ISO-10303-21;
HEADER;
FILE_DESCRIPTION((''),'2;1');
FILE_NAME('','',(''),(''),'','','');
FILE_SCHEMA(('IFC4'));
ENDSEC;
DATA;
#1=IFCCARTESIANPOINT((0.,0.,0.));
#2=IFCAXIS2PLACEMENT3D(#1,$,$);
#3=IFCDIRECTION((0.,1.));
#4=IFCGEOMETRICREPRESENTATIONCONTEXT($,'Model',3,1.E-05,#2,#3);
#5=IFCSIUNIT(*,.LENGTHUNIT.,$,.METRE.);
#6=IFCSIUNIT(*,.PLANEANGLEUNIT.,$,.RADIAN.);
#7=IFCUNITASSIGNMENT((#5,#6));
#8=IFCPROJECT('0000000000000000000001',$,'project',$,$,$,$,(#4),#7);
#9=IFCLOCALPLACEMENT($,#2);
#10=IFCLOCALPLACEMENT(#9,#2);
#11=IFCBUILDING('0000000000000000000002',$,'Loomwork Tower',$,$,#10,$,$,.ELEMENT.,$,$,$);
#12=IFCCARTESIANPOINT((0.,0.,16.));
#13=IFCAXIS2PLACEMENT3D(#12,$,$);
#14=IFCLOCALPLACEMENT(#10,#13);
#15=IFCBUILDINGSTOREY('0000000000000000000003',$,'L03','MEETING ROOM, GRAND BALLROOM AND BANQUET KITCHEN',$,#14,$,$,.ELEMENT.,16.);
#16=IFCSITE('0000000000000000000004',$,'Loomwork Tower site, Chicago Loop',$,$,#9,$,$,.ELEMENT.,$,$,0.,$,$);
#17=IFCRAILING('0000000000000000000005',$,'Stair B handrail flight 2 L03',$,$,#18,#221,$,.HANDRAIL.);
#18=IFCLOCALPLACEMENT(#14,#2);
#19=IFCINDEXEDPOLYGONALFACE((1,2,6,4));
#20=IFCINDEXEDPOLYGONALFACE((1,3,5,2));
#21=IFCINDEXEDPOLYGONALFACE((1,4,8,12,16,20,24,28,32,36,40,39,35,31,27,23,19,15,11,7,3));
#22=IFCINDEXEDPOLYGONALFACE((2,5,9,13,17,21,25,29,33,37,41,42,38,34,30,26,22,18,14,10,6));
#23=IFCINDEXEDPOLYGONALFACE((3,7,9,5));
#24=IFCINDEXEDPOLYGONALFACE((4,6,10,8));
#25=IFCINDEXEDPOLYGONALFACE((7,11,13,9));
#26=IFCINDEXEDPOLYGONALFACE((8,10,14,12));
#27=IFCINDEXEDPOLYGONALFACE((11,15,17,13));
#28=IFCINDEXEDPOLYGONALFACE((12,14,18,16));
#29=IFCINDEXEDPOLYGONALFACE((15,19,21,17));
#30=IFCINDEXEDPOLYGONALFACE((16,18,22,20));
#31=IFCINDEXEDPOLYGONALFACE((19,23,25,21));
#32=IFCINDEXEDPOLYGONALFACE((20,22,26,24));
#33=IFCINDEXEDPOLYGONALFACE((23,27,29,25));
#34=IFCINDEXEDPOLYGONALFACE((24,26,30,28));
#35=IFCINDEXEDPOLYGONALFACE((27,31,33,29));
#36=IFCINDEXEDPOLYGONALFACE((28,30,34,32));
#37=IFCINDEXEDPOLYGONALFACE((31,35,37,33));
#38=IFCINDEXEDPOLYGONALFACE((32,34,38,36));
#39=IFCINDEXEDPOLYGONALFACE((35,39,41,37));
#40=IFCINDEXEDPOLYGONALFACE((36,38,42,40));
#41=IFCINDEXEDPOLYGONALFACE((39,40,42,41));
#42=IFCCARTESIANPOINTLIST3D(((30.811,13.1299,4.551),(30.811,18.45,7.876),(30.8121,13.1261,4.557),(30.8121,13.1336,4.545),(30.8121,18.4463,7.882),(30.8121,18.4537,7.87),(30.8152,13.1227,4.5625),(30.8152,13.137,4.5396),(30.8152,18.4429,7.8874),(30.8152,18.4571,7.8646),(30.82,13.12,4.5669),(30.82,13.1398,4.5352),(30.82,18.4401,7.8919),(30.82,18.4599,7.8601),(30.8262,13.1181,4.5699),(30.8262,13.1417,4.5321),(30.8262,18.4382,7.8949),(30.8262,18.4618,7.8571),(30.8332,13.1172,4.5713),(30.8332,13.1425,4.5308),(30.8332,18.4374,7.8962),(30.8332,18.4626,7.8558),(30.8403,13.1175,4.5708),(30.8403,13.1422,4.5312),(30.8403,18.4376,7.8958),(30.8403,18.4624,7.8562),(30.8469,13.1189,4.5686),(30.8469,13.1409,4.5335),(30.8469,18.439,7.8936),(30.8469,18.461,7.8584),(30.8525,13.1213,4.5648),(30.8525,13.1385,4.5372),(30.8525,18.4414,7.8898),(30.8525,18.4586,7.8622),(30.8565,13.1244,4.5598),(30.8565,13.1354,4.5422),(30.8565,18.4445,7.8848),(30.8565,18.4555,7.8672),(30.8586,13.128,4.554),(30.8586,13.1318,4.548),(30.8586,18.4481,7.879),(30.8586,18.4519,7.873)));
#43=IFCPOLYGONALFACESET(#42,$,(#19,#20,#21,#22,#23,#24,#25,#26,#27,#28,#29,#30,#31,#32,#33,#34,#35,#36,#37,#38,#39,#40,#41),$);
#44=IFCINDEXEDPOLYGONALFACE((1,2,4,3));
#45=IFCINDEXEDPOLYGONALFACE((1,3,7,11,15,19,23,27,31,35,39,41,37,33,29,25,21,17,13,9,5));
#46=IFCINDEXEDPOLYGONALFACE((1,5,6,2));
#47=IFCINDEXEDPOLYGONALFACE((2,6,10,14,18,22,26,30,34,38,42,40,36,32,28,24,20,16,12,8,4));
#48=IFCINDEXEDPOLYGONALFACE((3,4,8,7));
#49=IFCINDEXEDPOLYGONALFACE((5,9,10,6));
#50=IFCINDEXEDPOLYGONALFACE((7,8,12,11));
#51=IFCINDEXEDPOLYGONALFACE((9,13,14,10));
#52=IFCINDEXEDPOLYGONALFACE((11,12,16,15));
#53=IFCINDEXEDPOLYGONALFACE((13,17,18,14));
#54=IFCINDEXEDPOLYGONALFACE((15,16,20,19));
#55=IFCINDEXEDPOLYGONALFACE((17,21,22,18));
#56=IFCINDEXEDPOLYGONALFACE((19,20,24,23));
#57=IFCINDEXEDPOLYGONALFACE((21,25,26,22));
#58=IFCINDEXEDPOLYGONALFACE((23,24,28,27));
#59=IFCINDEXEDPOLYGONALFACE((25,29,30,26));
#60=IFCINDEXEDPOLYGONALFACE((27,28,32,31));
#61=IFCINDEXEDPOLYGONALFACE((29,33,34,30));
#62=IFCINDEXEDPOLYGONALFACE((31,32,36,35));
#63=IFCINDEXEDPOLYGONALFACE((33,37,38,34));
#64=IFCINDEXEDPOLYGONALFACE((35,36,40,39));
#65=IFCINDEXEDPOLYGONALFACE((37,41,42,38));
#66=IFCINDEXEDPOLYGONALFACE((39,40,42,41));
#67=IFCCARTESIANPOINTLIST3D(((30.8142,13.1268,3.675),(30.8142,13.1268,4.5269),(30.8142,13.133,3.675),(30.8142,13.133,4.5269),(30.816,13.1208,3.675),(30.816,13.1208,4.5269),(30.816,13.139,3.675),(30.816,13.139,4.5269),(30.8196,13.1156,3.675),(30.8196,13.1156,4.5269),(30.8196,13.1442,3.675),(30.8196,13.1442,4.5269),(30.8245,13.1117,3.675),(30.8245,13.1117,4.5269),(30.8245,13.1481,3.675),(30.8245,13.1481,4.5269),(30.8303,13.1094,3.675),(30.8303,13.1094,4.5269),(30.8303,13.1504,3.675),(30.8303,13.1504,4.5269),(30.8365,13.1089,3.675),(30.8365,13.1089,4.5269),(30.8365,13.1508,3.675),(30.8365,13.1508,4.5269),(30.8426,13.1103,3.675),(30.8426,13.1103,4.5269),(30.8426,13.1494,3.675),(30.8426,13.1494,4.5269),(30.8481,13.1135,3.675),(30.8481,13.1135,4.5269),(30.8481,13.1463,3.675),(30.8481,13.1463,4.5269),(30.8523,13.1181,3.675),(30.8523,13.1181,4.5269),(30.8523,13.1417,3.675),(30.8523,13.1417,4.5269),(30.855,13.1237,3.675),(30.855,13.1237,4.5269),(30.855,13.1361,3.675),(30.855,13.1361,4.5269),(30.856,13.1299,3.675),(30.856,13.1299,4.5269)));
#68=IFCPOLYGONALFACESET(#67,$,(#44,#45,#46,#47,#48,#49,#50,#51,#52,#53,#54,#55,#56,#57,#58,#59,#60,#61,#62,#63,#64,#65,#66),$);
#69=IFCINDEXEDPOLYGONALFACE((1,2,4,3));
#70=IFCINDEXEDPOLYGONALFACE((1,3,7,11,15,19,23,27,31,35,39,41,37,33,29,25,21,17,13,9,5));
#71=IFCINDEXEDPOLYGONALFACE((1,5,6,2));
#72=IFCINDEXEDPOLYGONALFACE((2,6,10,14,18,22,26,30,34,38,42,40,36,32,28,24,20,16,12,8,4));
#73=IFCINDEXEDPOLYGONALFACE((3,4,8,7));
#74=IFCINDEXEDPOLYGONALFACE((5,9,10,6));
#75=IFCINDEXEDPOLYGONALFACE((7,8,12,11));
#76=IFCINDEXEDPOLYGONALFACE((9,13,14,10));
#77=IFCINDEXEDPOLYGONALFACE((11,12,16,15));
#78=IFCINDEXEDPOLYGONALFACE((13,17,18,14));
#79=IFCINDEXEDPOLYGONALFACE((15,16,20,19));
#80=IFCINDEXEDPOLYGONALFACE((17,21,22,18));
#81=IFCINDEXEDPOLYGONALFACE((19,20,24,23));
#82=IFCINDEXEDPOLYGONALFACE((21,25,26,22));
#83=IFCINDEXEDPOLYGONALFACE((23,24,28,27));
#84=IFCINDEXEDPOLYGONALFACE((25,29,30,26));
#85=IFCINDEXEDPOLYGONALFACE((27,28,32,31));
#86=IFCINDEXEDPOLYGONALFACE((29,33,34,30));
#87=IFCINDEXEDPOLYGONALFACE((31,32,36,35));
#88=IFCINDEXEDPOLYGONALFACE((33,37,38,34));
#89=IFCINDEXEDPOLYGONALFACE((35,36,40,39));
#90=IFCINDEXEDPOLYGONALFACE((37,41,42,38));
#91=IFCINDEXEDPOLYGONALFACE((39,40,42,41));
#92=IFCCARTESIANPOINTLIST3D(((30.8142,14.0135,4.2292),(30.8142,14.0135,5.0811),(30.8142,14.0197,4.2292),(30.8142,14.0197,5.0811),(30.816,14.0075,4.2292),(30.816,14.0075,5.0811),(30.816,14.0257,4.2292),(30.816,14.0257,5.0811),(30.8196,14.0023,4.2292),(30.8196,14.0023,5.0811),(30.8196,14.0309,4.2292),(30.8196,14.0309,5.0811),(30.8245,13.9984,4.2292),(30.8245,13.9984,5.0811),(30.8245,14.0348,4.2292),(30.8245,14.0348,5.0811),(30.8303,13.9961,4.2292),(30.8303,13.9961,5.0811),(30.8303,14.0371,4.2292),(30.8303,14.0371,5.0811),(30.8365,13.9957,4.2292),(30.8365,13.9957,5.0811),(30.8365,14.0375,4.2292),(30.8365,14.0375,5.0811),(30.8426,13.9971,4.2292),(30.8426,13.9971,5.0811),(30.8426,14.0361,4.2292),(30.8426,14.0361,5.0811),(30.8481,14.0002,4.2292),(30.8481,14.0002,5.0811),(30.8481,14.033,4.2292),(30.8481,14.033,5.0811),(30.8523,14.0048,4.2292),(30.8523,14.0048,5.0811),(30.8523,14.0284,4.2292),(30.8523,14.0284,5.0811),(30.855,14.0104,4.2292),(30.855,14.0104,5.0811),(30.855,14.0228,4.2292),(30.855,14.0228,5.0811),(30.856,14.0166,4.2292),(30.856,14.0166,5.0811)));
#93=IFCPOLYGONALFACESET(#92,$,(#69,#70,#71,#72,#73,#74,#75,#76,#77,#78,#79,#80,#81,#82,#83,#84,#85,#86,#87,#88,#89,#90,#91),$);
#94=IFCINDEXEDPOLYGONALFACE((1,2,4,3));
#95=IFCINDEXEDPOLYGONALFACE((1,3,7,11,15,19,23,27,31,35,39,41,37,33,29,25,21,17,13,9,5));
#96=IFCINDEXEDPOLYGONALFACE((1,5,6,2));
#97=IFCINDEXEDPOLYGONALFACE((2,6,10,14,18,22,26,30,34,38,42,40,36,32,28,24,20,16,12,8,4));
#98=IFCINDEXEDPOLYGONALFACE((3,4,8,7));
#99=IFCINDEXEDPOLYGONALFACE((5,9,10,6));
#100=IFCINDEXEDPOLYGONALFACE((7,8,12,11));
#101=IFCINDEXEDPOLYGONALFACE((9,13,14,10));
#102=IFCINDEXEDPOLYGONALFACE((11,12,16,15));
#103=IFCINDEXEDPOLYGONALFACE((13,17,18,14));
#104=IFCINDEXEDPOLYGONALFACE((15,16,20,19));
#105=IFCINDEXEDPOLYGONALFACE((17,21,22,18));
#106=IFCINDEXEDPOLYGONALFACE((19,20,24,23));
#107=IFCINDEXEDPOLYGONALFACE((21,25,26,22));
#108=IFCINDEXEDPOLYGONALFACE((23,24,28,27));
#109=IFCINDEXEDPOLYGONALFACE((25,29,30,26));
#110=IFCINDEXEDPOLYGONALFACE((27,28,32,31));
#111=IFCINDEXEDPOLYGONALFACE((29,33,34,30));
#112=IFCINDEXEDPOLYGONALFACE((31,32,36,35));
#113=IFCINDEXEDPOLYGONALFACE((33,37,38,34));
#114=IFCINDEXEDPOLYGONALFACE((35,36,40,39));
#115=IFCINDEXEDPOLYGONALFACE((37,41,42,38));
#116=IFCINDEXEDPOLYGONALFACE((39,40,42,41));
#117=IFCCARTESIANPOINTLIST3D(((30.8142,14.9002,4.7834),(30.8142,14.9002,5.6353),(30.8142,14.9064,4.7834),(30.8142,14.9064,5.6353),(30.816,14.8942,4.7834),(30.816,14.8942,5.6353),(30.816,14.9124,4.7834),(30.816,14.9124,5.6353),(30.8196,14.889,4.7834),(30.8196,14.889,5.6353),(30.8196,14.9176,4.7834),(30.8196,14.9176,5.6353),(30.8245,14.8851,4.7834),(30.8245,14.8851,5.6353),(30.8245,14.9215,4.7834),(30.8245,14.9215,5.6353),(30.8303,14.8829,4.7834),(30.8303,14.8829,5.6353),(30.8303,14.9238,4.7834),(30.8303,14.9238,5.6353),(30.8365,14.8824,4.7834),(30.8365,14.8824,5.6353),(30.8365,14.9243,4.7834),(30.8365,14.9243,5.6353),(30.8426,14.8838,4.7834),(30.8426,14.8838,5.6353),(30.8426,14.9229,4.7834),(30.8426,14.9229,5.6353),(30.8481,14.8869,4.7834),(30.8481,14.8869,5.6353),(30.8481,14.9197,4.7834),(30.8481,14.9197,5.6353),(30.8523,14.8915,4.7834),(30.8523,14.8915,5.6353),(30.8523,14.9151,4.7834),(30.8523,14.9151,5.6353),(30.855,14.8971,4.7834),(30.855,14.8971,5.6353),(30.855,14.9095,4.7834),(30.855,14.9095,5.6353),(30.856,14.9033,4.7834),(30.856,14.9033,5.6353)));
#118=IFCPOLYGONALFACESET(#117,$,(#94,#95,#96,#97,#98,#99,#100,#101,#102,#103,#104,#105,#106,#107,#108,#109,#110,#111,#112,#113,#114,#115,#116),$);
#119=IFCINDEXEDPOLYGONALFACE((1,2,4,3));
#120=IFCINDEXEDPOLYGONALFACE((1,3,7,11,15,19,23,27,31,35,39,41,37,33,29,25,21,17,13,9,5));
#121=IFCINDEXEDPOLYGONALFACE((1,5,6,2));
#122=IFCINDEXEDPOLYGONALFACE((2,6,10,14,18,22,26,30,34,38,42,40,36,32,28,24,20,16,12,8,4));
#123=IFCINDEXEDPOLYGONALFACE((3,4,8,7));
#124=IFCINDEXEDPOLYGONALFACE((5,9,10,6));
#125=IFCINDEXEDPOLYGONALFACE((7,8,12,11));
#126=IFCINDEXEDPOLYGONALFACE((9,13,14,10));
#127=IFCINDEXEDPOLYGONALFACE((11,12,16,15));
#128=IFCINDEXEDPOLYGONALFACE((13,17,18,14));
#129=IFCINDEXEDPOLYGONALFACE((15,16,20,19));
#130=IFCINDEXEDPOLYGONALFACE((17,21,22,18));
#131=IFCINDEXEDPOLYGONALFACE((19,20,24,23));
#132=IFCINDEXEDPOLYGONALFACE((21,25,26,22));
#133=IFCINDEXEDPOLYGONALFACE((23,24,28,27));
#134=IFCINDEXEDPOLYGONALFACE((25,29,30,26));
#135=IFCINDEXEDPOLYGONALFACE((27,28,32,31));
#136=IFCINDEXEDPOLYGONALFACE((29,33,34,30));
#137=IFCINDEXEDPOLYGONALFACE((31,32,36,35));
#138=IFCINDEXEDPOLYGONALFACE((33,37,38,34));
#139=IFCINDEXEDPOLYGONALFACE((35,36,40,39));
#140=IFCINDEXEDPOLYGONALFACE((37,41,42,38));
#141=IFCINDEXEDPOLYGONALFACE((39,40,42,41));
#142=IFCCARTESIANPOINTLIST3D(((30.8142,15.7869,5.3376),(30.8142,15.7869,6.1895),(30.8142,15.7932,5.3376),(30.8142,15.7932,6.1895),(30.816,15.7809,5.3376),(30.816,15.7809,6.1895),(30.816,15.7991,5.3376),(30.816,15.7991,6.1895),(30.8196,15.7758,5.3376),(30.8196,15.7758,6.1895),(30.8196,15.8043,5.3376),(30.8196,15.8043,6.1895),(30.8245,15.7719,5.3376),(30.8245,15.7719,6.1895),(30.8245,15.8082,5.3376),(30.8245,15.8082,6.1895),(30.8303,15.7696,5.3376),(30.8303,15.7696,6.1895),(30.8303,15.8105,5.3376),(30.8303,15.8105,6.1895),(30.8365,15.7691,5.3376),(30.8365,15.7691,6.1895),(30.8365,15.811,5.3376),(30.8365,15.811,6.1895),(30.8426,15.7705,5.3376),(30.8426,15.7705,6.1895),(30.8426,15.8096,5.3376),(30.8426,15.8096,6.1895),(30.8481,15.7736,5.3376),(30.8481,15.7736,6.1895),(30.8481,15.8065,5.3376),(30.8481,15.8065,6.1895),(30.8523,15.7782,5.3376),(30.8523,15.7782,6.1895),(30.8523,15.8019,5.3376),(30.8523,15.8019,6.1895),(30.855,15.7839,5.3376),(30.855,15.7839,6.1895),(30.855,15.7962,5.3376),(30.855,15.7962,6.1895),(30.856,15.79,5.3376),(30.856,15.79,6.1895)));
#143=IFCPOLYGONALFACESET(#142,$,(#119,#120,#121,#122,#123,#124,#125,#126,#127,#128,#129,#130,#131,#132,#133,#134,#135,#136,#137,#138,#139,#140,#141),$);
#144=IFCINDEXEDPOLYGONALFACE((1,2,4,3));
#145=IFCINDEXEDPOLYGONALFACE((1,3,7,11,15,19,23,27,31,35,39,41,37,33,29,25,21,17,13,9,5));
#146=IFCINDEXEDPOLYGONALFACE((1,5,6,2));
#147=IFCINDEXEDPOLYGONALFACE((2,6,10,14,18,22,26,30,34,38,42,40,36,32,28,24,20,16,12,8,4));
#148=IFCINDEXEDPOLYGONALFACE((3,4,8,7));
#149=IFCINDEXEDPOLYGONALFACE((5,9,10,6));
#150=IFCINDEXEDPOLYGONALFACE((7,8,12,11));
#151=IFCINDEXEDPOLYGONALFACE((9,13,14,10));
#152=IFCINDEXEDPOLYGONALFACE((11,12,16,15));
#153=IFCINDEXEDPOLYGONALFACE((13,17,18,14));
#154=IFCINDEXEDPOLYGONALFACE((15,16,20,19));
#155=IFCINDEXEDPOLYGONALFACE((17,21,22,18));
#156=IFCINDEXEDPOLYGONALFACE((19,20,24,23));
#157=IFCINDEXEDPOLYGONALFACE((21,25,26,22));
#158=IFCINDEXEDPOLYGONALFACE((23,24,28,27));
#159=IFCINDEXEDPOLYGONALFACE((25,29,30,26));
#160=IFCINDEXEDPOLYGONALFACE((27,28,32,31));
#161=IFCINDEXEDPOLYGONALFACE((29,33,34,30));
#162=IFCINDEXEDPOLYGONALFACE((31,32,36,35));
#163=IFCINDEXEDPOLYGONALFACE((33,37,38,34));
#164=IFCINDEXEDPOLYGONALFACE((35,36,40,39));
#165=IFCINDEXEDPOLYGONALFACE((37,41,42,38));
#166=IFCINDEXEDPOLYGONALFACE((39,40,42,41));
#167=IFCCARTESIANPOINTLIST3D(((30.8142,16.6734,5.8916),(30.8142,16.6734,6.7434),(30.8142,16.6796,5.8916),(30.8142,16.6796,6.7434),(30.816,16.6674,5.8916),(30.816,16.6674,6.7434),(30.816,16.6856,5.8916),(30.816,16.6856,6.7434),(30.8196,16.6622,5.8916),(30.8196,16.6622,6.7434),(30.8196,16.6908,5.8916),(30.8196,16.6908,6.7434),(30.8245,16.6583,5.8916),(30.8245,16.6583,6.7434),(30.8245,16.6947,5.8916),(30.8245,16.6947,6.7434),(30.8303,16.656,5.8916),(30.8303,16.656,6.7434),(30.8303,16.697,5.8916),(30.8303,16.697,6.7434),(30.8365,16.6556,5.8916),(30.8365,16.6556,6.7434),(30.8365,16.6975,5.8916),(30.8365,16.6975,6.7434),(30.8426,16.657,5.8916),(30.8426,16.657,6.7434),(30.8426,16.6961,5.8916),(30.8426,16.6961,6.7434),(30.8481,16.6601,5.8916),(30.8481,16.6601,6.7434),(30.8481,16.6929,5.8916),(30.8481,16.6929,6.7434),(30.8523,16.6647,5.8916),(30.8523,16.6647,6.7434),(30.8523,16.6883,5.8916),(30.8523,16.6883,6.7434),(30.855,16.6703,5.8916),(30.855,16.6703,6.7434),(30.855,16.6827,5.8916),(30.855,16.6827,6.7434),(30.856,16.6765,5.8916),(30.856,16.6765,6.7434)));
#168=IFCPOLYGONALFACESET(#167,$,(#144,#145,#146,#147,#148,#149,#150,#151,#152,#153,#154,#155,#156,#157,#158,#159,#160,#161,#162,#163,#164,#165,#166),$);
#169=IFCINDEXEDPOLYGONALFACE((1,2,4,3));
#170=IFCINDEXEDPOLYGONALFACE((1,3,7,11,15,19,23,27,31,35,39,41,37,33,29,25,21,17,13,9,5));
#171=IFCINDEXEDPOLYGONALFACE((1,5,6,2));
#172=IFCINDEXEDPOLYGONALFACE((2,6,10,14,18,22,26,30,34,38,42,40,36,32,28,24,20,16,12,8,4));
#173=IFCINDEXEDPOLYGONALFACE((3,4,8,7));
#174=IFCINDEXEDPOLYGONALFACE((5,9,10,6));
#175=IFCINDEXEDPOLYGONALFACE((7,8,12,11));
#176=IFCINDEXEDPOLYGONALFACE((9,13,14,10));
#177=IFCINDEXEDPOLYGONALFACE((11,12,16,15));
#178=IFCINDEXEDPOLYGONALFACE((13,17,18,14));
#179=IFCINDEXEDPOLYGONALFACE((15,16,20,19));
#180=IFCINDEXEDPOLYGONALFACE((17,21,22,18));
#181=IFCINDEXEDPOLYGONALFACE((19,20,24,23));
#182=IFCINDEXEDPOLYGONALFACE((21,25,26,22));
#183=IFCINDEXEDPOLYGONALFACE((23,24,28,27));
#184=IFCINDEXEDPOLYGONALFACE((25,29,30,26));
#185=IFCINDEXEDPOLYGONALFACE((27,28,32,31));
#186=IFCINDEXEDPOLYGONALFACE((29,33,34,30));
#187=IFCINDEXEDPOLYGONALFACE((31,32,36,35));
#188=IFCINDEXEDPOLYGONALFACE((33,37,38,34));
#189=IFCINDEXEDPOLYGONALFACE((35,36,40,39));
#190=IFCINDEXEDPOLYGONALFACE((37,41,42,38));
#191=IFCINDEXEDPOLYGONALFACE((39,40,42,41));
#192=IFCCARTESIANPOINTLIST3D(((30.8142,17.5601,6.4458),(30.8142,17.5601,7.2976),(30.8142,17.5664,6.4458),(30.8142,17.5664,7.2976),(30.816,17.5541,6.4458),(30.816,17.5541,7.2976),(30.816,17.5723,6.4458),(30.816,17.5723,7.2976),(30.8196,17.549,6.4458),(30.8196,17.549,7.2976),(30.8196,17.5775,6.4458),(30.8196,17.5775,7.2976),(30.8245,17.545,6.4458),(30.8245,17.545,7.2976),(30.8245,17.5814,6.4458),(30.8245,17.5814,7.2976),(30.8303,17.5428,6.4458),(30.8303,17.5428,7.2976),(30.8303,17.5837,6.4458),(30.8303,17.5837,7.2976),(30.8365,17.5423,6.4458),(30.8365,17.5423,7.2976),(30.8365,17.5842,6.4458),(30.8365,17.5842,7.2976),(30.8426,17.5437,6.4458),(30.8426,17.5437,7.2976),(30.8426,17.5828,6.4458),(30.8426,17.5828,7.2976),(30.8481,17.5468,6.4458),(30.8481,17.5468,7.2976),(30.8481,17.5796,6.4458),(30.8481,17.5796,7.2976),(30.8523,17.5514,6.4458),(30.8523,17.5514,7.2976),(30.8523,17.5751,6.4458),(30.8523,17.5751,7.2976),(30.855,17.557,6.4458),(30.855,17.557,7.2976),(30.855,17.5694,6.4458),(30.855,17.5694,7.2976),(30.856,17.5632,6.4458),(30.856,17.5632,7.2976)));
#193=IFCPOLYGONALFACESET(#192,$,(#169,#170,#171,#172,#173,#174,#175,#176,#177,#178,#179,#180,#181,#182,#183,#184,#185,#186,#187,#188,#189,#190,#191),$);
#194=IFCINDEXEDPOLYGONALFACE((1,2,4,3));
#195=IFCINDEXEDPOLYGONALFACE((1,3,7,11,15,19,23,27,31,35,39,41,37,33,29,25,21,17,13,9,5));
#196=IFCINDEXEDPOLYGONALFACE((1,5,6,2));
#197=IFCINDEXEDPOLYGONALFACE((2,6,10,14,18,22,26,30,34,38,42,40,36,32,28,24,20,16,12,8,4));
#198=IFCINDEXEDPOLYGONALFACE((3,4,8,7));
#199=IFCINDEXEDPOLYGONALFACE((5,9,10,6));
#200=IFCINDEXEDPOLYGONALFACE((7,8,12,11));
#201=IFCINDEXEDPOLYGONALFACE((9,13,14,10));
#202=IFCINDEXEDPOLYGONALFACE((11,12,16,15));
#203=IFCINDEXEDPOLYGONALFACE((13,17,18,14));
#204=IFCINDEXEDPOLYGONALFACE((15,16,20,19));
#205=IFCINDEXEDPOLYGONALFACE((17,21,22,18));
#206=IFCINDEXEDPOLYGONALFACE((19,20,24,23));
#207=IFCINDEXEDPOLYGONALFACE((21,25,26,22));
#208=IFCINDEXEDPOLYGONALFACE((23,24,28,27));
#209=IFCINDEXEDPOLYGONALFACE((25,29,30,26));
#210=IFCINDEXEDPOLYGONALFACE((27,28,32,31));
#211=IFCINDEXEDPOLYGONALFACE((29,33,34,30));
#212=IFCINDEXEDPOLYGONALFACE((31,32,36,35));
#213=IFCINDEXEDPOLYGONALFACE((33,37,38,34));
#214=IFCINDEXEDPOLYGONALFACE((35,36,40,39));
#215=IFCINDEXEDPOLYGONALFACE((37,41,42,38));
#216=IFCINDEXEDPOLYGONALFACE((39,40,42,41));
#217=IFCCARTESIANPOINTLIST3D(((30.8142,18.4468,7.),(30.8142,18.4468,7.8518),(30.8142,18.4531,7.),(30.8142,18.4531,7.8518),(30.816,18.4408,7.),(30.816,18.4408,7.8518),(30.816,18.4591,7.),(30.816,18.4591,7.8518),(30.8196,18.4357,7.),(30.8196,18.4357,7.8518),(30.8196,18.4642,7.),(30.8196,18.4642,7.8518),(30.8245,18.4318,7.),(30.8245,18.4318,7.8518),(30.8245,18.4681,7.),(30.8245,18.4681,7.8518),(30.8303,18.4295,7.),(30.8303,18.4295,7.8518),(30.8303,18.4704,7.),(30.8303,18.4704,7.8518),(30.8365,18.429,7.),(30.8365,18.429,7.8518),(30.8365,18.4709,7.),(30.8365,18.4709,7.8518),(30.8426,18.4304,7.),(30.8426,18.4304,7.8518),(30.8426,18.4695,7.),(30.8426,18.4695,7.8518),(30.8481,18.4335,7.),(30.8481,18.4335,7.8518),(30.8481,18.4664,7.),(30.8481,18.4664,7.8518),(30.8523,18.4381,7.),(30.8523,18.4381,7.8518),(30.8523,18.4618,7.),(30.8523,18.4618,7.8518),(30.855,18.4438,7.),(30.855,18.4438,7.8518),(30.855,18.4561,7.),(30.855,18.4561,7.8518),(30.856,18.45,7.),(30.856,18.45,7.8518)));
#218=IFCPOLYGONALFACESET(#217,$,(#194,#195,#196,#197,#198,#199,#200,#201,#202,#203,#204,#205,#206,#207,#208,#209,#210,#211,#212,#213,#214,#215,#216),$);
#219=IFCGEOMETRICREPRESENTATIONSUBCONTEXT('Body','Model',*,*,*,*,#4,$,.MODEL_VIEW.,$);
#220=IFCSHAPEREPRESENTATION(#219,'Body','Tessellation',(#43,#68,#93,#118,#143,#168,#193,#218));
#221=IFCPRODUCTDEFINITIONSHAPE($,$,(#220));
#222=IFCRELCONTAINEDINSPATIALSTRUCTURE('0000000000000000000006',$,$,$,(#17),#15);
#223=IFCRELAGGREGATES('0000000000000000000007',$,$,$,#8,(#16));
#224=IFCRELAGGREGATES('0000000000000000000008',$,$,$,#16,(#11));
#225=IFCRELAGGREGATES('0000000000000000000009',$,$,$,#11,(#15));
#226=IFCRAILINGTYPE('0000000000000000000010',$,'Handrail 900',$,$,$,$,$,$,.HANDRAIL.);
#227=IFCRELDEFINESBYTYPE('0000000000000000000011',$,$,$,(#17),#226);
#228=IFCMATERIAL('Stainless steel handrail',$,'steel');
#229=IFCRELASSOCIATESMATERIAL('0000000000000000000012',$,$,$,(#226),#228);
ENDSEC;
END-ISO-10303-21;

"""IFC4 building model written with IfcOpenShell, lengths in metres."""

from ifc_helpers import new_model, si_unit, direction, frame, origin, origin_2d, place, context, subcontext, project, spatial, circle, extrude, material, type_object, element, save


model = new_model("IFC4")

# Units and contexts
model_context = context("Model", 3, precision=1e-05, world=origin(), true_north=direction((0.0, 1.0)))
body_context = subcontext(model_context, "Body", "Model", "MODEL_VIEW")
ifc_project = project(units=[si_unit("LENGTHUNIT", "METRE"), si_unit("PLANEANGLEUNIT", "RADIAN")], contexts=[model_context])

# Site, building, storey
site_placement = place(None, origin())
site = spatial("IfcSite", under=ifc_project, at=site_placement, Name="Loomwork Tower site, Chicago Loop", CompositionType="ELEMENT", RefElevation=0.0)
building_placement = place(site_placement, origin())
building = spatial("IfcBuilding", under=site, at=building_placement, Name="Loomwork Tower", CompositionType="ELEMENT")
storey_placement = place(building_placement, frame((0.0, 0.0, 16.0)))
storey = spatial("IfcBuildingStorey", under=building, at=storey_placement, Name="L03", Description="MEETING ROOM, GRAND BALLROOM AND BANQUET KITCHEN", CompositionType="ELEMENT", Elevation=16.0)

# Railing
ifc_material_1 = material(Name="Stainless steel handrail", Category="steel")
railing_type = type_object("IfcRailingType", Name="Handrail 900", PredefinedType="HANDRAIL", material=ifc_material_1)
railing_1_placement = place(storey_placement, frame((30.835, 13.1299, 3.675)))
element("IfcRailing", 1, at=railing_1_placement, inside=storey, type_object=railing_type, Name="Stair B handrail flight 2 L03", PredefinedType="HANDRAIL", context=body_context, shape_type="SweptSolid", body=[
    extrude(circle(Radius=0.0239, at=origin_2d()), frame((0.0, 0.0, 0.876), z_axis=(0.0, 0.848005, 0.529988), x_axis=(-1.0, 0.0, 0.0)), (0.0, 0.0, 1.0), 6.2737),
    extrude(circle(Radius=0.021, at=origin_2d()), origin(), (0.0, 0.0, 1.0), 0.8518),
    extrude(circle(Radius=0.021, at=origin_2d()), frame((0.0, 0.8867, 0.5542)), (0.0, 0.0, 1.0), 0.8518),
    extrude(circle(Radius=0.021, at=origin_2d()), frame((0.0, 1.7734, 1.1084)), (0.0, 0.0, 1.0), 0.8518),
    extrude(circle(Radius=0.021, at=origin_2d()), frame((0.0, 2.6602, 1.6626)), (0.0, 0.0, 1.0), 0.8518),
    extrude(circle(Radius=0.021, at=origin_2d()), frame((0.0, 3.5466, 2.2166)), (0.0, 0.0, 1.0), 0.8518),
    extrude(circle(Radius=0.021, at=origin_2d()), frame((0.0, 4.4333, 2.7708)), (0.0, 0.0, 1.0), 0.8518),
    extrude(circle(Radius=0.021, at=origin_2d()), frame((0.0, 5.3201, 3.325)), (0.0, 0.0, 1.0), 0.8518),
])

save(model, "model.ifc")
